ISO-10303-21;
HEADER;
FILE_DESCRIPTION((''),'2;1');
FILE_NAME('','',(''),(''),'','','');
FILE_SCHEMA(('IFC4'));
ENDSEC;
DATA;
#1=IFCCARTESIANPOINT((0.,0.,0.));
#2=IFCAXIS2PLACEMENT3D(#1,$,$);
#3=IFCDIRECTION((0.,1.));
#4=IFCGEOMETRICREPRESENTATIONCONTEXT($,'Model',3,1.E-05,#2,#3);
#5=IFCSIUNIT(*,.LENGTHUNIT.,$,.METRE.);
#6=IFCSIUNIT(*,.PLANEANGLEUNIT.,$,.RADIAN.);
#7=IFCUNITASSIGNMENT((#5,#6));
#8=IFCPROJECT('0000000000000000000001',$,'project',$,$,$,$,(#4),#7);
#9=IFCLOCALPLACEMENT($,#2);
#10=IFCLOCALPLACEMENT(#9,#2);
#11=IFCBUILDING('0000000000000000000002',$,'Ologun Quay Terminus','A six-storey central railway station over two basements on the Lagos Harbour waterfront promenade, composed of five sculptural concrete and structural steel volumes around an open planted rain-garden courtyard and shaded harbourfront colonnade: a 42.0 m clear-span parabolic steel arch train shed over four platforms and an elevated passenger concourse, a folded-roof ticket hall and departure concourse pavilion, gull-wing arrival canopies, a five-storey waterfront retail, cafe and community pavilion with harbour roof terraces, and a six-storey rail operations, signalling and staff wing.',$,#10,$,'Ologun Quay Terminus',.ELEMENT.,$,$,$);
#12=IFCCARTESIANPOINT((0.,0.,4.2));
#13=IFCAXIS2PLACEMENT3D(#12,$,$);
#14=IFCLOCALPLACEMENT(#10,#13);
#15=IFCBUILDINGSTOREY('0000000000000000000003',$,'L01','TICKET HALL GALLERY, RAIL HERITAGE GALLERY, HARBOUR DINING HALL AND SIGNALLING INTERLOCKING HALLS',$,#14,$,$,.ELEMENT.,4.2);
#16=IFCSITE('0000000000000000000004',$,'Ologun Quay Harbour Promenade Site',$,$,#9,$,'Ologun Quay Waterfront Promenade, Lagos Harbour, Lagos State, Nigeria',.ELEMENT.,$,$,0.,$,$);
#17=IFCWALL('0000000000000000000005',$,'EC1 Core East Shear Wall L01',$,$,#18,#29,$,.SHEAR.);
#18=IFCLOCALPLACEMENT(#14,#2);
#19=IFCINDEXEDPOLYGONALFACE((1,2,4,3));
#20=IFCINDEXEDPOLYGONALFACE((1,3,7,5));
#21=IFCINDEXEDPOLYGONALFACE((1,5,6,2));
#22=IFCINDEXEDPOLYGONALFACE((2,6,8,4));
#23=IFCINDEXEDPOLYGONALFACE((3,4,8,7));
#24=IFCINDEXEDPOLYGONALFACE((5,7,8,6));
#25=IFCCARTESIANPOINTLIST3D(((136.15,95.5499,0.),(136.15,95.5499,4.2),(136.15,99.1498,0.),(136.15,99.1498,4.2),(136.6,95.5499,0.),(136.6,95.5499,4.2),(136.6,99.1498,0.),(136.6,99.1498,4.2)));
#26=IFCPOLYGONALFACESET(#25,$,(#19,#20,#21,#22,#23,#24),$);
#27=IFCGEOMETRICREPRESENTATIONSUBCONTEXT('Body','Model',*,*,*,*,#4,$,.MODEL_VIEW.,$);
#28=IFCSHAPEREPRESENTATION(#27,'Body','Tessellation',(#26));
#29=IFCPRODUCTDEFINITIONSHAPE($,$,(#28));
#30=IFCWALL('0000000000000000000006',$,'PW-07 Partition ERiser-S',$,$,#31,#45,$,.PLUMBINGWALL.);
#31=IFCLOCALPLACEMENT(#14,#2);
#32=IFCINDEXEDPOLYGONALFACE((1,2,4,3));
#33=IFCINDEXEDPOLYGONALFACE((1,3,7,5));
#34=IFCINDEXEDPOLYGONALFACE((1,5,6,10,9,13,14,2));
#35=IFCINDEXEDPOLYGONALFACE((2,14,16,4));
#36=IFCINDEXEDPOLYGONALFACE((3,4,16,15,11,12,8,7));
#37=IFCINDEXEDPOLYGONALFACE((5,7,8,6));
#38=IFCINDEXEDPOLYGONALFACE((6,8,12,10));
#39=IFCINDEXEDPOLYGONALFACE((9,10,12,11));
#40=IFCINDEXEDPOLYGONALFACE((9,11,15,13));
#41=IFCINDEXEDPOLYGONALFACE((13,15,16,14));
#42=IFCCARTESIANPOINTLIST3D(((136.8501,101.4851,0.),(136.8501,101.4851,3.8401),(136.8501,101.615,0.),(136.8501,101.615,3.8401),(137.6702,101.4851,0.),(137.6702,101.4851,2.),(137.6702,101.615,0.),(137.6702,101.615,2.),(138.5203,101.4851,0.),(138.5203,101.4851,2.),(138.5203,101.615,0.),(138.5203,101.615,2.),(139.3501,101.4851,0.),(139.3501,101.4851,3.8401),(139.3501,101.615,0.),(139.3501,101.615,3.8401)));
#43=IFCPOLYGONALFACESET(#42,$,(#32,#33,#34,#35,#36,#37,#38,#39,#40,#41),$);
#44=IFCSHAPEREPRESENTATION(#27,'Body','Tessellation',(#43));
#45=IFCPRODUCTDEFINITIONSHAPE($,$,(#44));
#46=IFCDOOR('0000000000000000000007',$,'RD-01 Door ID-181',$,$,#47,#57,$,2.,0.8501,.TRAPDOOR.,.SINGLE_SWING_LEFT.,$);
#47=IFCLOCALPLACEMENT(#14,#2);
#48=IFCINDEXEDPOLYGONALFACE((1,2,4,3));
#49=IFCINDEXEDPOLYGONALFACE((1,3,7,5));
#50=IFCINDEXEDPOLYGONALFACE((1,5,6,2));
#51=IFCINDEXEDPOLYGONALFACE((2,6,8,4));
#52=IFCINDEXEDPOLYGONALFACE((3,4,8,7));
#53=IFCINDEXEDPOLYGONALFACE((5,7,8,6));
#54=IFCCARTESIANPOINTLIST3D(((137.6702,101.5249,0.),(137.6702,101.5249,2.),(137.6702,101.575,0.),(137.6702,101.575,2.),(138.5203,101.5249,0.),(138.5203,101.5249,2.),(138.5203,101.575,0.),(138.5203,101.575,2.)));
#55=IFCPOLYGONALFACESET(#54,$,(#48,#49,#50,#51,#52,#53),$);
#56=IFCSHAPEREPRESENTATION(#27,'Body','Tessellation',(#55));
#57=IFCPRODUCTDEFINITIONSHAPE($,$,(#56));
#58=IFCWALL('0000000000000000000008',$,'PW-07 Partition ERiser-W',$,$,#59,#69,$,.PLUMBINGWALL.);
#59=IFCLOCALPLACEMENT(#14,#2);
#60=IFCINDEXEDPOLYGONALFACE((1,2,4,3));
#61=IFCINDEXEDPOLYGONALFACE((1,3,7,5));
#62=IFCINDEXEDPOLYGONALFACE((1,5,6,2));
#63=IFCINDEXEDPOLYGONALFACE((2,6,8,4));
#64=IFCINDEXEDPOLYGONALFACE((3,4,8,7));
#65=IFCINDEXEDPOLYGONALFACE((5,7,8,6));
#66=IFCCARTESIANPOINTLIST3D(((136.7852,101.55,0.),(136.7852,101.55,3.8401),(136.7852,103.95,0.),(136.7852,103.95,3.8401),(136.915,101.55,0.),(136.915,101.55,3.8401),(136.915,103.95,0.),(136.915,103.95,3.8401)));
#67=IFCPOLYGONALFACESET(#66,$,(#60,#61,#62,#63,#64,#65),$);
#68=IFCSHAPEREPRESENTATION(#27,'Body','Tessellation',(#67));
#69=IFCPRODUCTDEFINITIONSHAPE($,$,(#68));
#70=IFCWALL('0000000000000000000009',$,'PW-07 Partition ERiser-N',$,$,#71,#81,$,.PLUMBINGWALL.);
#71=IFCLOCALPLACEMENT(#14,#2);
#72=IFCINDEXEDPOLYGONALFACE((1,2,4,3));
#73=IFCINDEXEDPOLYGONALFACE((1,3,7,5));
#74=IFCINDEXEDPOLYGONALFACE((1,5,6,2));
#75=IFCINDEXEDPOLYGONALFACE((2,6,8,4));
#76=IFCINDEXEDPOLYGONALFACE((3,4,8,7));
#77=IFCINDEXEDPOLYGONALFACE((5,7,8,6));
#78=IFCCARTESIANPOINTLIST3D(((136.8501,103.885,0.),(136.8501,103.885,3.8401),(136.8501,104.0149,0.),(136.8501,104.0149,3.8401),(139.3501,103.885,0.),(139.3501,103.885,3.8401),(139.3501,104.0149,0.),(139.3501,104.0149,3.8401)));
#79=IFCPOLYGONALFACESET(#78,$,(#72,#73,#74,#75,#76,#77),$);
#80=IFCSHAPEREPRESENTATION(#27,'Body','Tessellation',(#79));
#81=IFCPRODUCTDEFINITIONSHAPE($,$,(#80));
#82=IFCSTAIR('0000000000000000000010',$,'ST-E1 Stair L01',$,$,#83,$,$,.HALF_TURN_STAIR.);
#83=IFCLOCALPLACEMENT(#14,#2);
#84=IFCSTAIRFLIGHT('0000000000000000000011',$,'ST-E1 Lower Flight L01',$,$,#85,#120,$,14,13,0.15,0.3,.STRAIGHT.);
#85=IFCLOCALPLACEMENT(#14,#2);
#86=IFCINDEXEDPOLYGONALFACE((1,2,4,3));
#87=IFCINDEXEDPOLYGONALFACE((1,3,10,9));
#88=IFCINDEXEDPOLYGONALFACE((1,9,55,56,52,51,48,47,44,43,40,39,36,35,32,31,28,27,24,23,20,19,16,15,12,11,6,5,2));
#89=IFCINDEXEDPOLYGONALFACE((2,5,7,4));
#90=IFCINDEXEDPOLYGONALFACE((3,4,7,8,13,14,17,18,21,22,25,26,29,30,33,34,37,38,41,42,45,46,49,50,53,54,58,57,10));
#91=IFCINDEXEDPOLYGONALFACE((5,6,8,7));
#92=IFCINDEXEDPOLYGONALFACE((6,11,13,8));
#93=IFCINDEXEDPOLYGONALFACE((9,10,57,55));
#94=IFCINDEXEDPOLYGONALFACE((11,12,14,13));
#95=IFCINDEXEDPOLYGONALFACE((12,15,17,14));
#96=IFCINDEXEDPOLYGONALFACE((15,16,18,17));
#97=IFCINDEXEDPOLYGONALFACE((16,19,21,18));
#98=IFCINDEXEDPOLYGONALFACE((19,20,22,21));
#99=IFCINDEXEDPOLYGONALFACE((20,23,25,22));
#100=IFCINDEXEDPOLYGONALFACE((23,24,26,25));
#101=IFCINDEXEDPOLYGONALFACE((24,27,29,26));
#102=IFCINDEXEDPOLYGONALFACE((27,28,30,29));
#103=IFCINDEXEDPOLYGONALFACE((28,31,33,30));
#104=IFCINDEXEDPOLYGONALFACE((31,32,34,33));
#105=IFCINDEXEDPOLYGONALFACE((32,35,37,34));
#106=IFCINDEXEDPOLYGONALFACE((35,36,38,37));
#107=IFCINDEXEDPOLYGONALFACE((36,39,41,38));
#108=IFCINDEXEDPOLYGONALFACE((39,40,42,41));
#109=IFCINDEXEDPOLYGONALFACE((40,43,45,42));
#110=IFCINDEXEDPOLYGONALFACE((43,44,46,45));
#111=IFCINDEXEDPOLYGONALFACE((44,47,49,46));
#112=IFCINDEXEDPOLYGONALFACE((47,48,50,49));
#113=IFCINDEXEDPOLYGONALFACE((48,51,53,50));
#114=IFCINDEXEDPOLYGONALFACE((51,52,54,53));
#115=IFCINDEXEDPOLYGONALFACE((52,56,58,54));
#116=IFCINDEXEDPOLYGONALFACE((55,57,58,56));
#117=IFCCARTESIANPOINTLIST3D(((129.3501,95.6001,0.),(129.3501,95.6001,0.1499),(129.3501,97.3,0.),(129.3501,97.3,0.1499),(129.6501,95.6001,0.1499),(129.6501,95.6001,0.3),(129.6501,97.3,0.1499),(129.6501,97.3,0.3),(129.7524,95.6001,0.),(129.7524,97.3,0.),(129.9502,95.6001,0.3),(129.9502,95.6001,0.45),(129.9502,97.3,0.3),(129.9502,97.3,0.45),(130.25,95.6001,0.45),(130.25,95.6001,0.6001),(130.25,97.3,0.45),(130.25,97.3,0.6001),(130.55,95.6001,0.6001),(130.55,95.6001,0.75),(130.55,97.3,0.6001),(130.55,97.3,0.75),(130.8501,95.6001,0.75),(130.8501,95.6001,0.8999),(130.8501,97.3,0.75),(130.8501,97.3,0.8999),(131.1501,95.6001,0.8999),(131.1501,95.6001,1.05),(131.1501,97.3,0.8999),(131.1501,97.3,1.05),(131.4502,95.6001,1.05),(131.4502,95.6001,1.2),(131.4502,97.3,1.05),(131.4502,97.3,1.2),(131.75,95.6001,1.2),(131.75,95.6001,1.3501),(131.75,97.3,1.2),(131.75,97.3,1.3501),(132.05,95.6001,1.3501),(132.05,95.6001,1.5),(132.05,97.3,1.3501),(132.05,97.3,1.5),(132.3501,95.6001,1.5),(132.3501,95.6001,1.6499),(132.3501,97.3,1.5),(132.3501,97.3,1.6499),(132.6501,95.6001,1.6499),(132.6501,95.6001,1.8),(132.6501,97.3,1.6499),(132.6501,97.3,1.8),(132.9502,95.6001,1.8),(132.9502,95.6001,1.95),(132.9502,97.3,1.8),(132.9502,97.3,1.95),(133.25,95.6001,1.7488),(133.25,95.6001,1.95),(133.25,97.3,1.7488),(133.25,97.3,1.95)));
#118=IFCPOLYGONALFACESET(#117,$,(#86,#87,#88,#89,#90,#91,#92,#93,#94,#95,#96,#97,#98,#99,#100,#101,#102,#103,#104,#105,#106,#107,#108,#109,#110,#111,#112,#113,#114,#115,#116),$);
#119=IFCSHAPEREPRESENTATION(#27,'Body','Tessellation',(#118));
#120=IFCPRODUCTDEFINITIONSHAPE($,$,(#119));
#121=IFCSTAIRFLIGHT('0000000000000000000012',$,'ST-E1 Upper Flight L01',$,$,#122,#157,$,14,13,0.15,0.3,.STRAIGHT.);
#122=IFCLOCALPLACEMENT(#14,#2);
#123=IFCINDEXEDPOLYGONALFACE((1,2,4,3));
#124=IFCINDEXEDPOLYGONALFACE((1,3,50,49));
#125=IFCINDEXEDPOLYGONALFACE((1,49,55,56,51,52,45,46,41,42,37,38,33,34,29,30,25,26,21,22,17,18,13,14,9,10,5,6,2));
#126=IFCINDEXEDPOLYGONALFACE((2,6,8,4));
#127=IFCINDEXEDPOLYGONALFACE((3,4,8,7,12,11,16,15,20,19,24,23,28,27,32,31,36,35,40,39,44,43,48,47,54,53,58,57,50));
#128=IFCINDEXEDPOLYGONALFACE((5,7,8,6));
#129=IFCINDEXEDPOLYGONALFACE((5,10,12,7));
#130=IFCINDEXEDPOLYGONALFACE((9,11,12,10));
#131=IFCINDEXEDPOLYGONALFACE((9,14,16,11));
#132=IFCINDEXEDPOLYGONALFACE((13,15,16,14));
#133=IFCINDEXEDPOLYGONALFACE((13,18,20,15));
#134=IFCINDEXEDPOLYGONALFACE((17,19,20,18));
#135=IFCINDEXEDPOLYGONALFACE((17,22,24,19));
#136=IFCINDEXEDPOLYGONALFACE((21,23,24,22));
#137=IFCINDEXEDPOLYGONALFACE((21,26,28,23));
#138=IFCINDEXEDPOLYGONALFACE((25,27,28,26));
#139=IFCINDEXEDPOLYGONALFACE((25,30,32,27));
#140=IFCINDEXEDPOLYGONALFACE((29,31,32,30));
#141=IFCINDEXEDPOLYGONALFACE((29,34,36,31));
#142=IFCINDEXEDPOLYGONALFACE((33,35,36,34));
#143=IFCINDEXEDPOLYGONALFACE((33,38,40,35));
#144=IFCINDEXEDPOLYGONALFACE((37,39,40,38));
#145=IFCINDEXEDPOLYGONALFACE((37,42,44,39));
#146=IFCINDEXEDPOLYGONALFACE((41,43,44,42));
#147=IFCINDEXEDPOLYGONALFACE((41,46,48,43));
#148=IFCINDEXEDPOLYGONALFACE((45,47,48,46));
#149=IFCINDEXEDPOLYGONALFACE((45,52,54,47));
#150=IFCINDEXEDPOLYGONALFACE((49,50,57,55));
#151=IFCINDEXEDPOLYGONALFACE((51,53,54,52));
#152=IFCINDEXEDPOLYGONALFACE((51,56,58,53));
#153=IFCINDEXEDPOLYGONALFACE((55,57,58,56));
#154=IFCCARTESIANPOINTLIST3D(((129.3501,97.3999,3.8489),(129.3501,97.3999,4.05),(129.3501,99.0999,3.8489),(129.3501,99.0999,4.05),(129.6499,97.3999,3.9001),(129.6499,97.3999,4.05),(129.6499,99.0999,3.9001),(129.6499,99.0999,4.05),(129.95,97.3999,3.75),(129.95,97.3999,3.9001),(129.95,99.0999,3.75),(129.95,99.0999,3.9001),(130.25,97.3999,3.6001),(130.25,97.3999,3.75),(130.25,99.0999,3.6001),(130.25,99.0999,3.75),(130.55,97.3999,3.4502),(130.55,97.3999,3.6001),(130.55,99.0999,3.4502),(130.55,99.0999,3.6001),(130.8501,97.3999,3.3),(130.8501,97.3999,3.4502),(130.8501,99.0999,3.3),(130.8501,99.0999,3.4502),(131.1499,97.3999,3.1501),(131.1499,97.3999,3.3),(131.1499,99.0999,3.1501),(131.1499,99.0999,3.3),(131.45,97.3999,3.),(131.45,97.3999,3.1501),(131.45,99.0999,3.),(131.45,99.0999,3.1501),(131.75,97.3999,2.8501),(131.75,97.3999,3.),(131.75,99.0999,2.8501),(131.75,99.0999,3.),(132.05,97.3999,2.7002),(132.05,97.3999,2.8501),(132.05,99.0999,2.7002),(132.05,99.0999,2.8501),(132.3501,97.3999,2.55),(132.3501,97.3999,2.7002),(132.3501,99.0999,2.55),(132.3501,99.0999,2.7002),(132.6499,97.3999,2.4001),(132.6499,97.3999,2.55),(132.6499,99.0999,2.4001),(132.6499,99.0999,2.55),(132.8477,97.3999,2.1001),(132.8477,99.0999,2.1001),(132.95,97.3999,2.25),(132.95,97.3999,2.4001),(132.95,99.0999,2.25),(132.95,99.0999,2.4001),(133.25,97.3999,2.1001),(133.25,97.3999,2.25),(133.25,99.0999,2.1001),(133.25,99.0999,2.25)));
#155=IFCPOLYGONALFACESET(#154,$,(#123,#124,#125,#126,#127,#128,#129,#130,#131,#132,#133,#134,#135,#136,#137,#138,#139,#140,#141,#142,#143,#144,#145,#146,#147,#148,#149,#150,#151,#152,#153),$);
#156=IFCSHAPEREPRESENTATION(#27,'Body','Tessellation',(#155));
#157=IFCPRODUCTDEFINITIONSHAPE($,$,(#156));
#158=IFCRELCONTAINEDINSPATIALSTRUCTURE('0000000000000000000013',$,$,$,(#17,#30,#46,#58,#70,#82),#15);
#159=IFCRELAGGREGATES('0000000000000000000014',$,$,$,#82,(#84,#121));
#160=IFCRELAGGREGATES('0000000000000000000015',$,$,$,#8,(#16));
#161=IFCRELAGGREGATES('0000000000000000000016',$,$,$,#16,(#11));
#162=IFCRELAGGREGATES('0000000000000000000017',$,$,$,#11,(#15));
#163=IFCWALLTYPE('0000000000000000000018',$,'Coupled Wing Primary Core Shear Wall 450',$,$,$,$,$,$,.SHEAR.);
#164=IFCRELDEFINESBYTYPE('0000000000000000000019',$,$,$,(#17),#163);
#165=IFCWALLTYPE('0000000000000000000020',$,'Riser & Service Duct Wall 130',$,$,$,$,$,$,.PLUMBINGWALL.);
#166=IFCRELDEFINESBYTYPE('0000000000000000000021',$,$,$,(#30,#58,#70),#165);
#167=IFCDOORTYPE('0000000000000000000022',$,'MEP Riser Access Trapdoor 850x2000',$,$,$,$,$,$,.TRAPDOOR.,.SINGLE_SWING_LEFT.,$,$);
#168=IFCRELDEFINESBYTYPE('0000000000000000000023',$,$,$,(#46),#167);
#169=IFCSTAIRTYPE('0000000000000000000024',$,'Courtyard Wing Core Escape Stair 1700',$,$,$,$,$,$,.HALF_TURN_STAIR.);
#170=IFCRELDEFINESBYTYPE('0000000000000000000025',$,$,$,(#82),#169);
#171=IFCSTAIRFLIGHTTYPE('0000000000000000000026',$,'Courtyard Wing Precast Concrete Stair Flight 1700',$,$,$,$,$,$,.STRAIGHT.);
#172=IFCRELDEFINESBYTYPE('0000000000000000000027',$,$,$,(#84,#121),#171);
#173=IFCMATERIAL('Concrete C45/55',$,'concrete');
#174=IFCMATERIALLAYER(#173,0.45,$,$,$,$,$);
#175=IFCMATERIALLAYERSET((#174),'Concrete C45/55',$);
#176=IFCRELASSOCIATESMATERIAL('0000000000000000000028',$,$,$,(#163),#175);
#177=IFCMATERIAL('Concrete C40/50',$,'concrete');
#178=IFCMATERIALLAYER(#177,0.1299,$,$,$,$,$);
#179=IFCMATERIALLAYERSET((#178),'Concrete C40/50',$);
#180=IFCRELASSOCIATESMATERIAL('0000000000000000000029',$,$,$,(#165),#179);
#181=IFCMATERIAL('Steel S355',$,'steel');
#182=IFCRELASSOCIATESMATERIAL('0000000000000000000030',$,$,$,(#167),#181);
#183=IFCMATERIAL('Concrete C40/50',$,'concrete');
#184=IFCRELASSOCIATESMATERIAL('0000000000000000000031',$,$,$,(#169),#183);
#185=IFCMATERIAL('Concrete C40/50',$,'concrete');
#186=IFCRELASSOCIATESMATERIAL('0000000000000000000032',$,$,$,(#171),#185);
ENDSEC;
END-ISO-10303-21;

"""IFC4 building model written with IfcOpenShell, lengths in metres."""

from ifc_helpers import new_model, si_unit, direction, frame, frame_2d, origin, place, context, subcontext, project, spatial, polyline, rectangle, outline, extrude, material, layer, layer_set, type_object, element, fill, aggregate, save


model = new_model("IFC4")

# Units and contexts
model_context = context("Model", 3, precision=1e-05, world=origin(), true_north=direction((0.0, 1.0)))
body_context = subcontext(model_context, "Body", "Model", "MODEL_VIEW")
ifc_project = project(units=[si_unit("LENGTHUNIT", "METRE"), si_unit("PLANEANGLEUNIT", "RADIAN")], contexts=[model_context])

# Site, building, storey
site_placement = place(None, origin())
site = spatial("IfcSite", under=ifc_project, at=site_placement, Name="Ologun Quay Harbour Promenade Site", LongName="Ologun Quay Waterfront Promenade, Lagos Harbour, Lagos State, Nigeria", CompositionType="ELEMENT", RefElevation=0.0)
building_placement = place(site_placement, origin())
building = spatial("IfcBuilding", under=site, at=building_placement, Name="Ologun Quay Terminus", Description="A six-storey central railway station over two basements on the Lagos Harbour waterfront promenade, composed of five sculptural concrete and structural steel volumes around an open planted rain-garden courtyard and shaded harbourfront colonnade: a 42.0 m clear-span parabolic steel arch train shed over four platforms and an elevated passenger concourse, a folded-roof ticket hall and departure concourse pavilion, gull-wing arrival canopies, a five-storey waterfront retail, cafe and community pavilion with harbour roof terraces, and a six-storey rail operations, signalling and staff wing.", LongName="Ologun Quay Terminus", CompositionType="ELEMENT")
storey_placement = place(building_placement, frame((0.0, 0.0, 4.2)))
storey = spatial("IfcBuildingStorey", under=building, at=storey_placement, Name="L01", Description="TICKET HALL GALLERY, RAIL HERITAGE GALLERY, HARBOUR DINING HALL AND SIGNALLING INTERLOCKING HALLS", CompositionType="ELEMENT", Elevation=4.2)

# Shared definitions
ifc_material_1 = material(Name="Concrete C45/55", Category="concrete")
ifc_layer_1 = layer(ifc_material_1, 0.45)
ifc_layer_set_1 = layer_set([ifc_layer_1], Name="Concrete C45/55")
wall_type_1 = type_object("IfcWallType", Name="Coupled Wing Primary Core Shear Wall 450", PredefinedType="SHEAR", material=ifc_layer_set_1)

# Wall
wall_1_placement = place(storey_placement, frame((136.375, 95.55, 0.0), z_axis=(0.0, 0.0, 1.0), x_axis=(0.0, 1.0, 0.0)))
element("IfcWall", 1, at=wall_1_placement, inside=storey, type_object=wall_type_1, Name="EC1 Core East Shear Wall L01", PredefinedType="SHEAR", context=body_context, shape_type="SweptSolid", body=[
    extrude(rectangle(XDim=3.5999, YDim=0.45, at=frame_2d((1.7998, 0.0))), origin(), (0.0, 0.0, 1.0), 4.2),
])

# Wall, opening, door
ifc_material_2 = material(Name="Concrete C40/50", Category="concrete")
ifc_layer_2 = layer(ifc_material_2, 0.1299)
ifc_layer_set_2 = layer_set([ifc_layer_2], Name="Concrete C40/50")
wall_type_2 = type_object("IfcWallType", Name="Riser & Service Duct Wall 130", PredefinedType="PLUMBINGWALL", material=ifc_layer_set_2)
wall_2_placement = place(storey_placement, frame((136.8501, 101.55, 0.0), z_axis=(0.0, 0.0, 1.0), x_axis=(1.0, 0.0, 0.0)))
wall_2 = element("IfcWall", 2, at=wall_2_placement, inside=storey, type_object=wall_type_2, Name="PW-07 Partition ERiser-S", PredefinedType="PLUMBINGWALL", context=body_context, shape_type="SweptSolid", body=[
    extrude(rectangle(XDim=2.5, YDim=0.1299, at=frame_2d((1.25, 0.0))), origin(), (0.0, 0.0, 1.0), 3.8401),
])
opening_1_placement = place(wall_2_placement, frame((0.8201, 0.0, 0.0)))
opening_1 = element("IfcOpeningElement", 3, at=opening_1_placement, cuts=wall_2, PredefinedType="OPENING", context=body_context, shape_type="SweptSolid", body=[
    extrude(rectangle(XDim=0.8501, YDim=2.0, at=frame_2d((0.425, 1.0))), frame((0.0, 0.075, 0.0), z_axis=(0.0, -1.0, 0.0), x_axis=(1.0, 0.0, 0.0)), (0.0, 0.0, 1.0), 0.1499),
])
ifc_material_3 = material(Name="Steel S355", Category="steel")
door_type_1 = type_object("IfcDoorType", Name="MEP Riser Access Trapdoor 850x2000", OperationType="SINGLE_SWING_LEFT", PredefinedType="TRAPDOOR", material=ifc_material_3)
door_1_placement = place(opening_1_placement, origin())
door_1 = element("IfcDoor", 4, at=door_1_placement, inside=storey, type_object=door_type_1, Name="RD-01 Door ID-181", OperationType="SINGLE_SWING_LEFT", OverallHeight=2.0, OverallWidth=0.8501, PredefinedType="TRAPDOOR", context=body_context, shape_type="SweptSolid", body=[
    extrude(rectangle(XDim=0.8501, YDim=2.0, at=frame_2d((0.425, 1.0))), frame((0.0, 0.0249, 0.0), z_axis=(0.0, -1.0, 0.0), x_axis=(1.0, 0.0, 0.0)), (0.0, 0.0, 1.0), 0.05),
])
fill(opening_1, door_1)

# Walls
wall_3_placement = place(storey_placement, frame((136.8501, 101.55, 0.0), z_axis=(0.0, 0.0, 1.0), x_axis=(0.0, 1.0, 0.0)))
element("IfcWall", 5, at=wall_3_placement, inside=storey, type_object=wall_type_2, Name="PW-07 Partition ERiser-W", PredefinedType="PLUMBINGWALL", context=body_context, shape_type="SweptSolid", body=[
    extrude(rectangle(XDim=2.3999, YDim=0.1299, at=frame_2d((1.2, 0.0))), origin(), (0.0, 0.0, 1.0), 3.8401),
])
wall_4_placement = place(storey_placement, frame((136.8501, 103.95, 0.0), z_axis=(0.0, 0.0, 1.0), x_axis=(1.0, 0.0, 0.0)))
element("IfcWall", 6, at=wall_4_placement, inside=storey, type_object=wall_type_2, Name="PW-07 Partition ERiser-N", PredefinedType="PLUMBINGWALL", context=body_context, shape_type="SweptSolid", body=[
    extrude(rectangle(XDim=2.5, YDim=0.1299, at=frame_2d((1.25, 0.0))), origin(), (0.0, 0.0, 1.0), 3.8401),
])

# Stair, stair flights
ifc_material_4 = material(Name="Concrete C40/50", Category="concrete")
stair_type = type_object("IfcStairType", Name="Courtyard Wing Core Escape Stair 1700", PredefinedType="HALF_TURN_STAIR", material=ifc_material_4)
stair_placement = place(storey_placement, origin())
stair = element("IfcStair", 7, at=stair_placement, inside=storey, type_object=stair_type, Name="ST-E1 Stair L01", PredefinedType="HALF_TURN_STAIR")
ifc_material_5 = material(Name="Concrete C40/50", Category="concrete")
stair_flight_type = type_object("IfcStairFlightType", Name="Courtyard Wing Precast Concrete Stair Flight 1700", PredefinedType="STRAIGHT", material=ifc_material_5)
stair_flight_1_placement = place(storey_placement, frame((129.3501, 96.45, 0.0), z_axis=(0.0, 0.0, 1.0), x_axis=(1.0, 0.0, 0.0)))
stair_flight_1 = element("IfcStairFlight", 8, at=stair_flight_1_placement, type_object=stair_flight_type, Name="ST-E1 Lower Flight L01", NumberOfRisers=14, NumberOfTreads=13, PredefinedType="STRAIGHT", RiserHeight=0.15, TreadLength=0.3, context=body_context, shape_type="SweptSolid", body=[
    extrude(outline(polyline([(0.0, 0.0), (0.0, 0.1499), (0.3, 0.1499), (0.3, 0.3), (0.6001, 0.3), (0.6001, 0.45), (0.8999, 0.45), (0.8999, 0.6001), (1.2, 0.6001), (1.2, 0.75), (1.5, 0.75), (1.5, 0.8999), (1.8, 0.8999), (1.8, 1.05), (2.1001, 1.05), (2.1001, 1.2), (2.3999, 1.2), (2.3999, 1.3501), (2.7, 1.3501), (2.7, 1.5), (3.0, 1.5), (3.0, 1.6499), (3.3, 1.6499), (3.3, 1.8), (3.6001, 1.8), (3.6001, 1.95), (3.8999, 1.95), (3.8999, 2.1001), (3.8999, 1.7488), (0.4023, 0.0), (0.0, 0.0)])), frame((0.0, 0.8501, 0.0), z_axis=(0.0, -1.0, 0.0), x_axis=(1.0, 0.0, 0.0)), (0.0, 0.0, 1.0), 1.7),
])
stair_flight_2_placement = place(storey_placement, frame((133.25, 98.25, 2.1001), z_axis=(0.0, 0.0, 1.0), x_axis=(-1.0, 0.0, 0.0)))
stair_flight_2 = element("IfcStairFlight", 9, at=stair_flight_2_placement, type_object=stair_flight_type, Name="ST-E1 Upper Flight L01", NumberOfRisers=14, NumberOfTreads=13, PredefinedType="STRAIGHT", RiserHeight=0.15, TreadLength=0.3, context=body_context, shape_type="SweptSolid", body=[
    extrude(outline(polyline([(0.0, 0.0), (0.0, 0.1499), (0.3, 0.1499), (0.3, 0.3), (0.6001, 0.3), (0.6001, 0.45), (0.8999, 0.45), (0.8999, 0.6001), (1.2, 0.6001), (1.2, 0.75), (1.5, 0.75), (1.5, 0.8999), (1.8, 0.8999), (1.8, 1.05), (2.1001, 1.05), (2.1001, 1.2), (2.3999, 1.2), (2.3999, 1.3501), (2.7, 1.3501), (2.7, 1.5), (3.0, 1.5), (3.0, 1.6499), (3.3, 1.6499), (3.3, 1.8), (3.6001, 1.8), (3.6001, 1.95), (3.8999, 1.95), (3.8999, 2.1001), (3.8999, 1.7488), (0.4023, 0.0), (0.0, 0.0)])), frame((0.0, 0.8501, 0.0), z_axis=(0.0, -1.0, 0.0), x_axis=(1.0, 0.0, 0.0)), (0.0, 0.0, 1.0), 1.7),
])
aggregate(stair, [stair_flight_1, stair_flight_2])

save(model, "model.ifc")
